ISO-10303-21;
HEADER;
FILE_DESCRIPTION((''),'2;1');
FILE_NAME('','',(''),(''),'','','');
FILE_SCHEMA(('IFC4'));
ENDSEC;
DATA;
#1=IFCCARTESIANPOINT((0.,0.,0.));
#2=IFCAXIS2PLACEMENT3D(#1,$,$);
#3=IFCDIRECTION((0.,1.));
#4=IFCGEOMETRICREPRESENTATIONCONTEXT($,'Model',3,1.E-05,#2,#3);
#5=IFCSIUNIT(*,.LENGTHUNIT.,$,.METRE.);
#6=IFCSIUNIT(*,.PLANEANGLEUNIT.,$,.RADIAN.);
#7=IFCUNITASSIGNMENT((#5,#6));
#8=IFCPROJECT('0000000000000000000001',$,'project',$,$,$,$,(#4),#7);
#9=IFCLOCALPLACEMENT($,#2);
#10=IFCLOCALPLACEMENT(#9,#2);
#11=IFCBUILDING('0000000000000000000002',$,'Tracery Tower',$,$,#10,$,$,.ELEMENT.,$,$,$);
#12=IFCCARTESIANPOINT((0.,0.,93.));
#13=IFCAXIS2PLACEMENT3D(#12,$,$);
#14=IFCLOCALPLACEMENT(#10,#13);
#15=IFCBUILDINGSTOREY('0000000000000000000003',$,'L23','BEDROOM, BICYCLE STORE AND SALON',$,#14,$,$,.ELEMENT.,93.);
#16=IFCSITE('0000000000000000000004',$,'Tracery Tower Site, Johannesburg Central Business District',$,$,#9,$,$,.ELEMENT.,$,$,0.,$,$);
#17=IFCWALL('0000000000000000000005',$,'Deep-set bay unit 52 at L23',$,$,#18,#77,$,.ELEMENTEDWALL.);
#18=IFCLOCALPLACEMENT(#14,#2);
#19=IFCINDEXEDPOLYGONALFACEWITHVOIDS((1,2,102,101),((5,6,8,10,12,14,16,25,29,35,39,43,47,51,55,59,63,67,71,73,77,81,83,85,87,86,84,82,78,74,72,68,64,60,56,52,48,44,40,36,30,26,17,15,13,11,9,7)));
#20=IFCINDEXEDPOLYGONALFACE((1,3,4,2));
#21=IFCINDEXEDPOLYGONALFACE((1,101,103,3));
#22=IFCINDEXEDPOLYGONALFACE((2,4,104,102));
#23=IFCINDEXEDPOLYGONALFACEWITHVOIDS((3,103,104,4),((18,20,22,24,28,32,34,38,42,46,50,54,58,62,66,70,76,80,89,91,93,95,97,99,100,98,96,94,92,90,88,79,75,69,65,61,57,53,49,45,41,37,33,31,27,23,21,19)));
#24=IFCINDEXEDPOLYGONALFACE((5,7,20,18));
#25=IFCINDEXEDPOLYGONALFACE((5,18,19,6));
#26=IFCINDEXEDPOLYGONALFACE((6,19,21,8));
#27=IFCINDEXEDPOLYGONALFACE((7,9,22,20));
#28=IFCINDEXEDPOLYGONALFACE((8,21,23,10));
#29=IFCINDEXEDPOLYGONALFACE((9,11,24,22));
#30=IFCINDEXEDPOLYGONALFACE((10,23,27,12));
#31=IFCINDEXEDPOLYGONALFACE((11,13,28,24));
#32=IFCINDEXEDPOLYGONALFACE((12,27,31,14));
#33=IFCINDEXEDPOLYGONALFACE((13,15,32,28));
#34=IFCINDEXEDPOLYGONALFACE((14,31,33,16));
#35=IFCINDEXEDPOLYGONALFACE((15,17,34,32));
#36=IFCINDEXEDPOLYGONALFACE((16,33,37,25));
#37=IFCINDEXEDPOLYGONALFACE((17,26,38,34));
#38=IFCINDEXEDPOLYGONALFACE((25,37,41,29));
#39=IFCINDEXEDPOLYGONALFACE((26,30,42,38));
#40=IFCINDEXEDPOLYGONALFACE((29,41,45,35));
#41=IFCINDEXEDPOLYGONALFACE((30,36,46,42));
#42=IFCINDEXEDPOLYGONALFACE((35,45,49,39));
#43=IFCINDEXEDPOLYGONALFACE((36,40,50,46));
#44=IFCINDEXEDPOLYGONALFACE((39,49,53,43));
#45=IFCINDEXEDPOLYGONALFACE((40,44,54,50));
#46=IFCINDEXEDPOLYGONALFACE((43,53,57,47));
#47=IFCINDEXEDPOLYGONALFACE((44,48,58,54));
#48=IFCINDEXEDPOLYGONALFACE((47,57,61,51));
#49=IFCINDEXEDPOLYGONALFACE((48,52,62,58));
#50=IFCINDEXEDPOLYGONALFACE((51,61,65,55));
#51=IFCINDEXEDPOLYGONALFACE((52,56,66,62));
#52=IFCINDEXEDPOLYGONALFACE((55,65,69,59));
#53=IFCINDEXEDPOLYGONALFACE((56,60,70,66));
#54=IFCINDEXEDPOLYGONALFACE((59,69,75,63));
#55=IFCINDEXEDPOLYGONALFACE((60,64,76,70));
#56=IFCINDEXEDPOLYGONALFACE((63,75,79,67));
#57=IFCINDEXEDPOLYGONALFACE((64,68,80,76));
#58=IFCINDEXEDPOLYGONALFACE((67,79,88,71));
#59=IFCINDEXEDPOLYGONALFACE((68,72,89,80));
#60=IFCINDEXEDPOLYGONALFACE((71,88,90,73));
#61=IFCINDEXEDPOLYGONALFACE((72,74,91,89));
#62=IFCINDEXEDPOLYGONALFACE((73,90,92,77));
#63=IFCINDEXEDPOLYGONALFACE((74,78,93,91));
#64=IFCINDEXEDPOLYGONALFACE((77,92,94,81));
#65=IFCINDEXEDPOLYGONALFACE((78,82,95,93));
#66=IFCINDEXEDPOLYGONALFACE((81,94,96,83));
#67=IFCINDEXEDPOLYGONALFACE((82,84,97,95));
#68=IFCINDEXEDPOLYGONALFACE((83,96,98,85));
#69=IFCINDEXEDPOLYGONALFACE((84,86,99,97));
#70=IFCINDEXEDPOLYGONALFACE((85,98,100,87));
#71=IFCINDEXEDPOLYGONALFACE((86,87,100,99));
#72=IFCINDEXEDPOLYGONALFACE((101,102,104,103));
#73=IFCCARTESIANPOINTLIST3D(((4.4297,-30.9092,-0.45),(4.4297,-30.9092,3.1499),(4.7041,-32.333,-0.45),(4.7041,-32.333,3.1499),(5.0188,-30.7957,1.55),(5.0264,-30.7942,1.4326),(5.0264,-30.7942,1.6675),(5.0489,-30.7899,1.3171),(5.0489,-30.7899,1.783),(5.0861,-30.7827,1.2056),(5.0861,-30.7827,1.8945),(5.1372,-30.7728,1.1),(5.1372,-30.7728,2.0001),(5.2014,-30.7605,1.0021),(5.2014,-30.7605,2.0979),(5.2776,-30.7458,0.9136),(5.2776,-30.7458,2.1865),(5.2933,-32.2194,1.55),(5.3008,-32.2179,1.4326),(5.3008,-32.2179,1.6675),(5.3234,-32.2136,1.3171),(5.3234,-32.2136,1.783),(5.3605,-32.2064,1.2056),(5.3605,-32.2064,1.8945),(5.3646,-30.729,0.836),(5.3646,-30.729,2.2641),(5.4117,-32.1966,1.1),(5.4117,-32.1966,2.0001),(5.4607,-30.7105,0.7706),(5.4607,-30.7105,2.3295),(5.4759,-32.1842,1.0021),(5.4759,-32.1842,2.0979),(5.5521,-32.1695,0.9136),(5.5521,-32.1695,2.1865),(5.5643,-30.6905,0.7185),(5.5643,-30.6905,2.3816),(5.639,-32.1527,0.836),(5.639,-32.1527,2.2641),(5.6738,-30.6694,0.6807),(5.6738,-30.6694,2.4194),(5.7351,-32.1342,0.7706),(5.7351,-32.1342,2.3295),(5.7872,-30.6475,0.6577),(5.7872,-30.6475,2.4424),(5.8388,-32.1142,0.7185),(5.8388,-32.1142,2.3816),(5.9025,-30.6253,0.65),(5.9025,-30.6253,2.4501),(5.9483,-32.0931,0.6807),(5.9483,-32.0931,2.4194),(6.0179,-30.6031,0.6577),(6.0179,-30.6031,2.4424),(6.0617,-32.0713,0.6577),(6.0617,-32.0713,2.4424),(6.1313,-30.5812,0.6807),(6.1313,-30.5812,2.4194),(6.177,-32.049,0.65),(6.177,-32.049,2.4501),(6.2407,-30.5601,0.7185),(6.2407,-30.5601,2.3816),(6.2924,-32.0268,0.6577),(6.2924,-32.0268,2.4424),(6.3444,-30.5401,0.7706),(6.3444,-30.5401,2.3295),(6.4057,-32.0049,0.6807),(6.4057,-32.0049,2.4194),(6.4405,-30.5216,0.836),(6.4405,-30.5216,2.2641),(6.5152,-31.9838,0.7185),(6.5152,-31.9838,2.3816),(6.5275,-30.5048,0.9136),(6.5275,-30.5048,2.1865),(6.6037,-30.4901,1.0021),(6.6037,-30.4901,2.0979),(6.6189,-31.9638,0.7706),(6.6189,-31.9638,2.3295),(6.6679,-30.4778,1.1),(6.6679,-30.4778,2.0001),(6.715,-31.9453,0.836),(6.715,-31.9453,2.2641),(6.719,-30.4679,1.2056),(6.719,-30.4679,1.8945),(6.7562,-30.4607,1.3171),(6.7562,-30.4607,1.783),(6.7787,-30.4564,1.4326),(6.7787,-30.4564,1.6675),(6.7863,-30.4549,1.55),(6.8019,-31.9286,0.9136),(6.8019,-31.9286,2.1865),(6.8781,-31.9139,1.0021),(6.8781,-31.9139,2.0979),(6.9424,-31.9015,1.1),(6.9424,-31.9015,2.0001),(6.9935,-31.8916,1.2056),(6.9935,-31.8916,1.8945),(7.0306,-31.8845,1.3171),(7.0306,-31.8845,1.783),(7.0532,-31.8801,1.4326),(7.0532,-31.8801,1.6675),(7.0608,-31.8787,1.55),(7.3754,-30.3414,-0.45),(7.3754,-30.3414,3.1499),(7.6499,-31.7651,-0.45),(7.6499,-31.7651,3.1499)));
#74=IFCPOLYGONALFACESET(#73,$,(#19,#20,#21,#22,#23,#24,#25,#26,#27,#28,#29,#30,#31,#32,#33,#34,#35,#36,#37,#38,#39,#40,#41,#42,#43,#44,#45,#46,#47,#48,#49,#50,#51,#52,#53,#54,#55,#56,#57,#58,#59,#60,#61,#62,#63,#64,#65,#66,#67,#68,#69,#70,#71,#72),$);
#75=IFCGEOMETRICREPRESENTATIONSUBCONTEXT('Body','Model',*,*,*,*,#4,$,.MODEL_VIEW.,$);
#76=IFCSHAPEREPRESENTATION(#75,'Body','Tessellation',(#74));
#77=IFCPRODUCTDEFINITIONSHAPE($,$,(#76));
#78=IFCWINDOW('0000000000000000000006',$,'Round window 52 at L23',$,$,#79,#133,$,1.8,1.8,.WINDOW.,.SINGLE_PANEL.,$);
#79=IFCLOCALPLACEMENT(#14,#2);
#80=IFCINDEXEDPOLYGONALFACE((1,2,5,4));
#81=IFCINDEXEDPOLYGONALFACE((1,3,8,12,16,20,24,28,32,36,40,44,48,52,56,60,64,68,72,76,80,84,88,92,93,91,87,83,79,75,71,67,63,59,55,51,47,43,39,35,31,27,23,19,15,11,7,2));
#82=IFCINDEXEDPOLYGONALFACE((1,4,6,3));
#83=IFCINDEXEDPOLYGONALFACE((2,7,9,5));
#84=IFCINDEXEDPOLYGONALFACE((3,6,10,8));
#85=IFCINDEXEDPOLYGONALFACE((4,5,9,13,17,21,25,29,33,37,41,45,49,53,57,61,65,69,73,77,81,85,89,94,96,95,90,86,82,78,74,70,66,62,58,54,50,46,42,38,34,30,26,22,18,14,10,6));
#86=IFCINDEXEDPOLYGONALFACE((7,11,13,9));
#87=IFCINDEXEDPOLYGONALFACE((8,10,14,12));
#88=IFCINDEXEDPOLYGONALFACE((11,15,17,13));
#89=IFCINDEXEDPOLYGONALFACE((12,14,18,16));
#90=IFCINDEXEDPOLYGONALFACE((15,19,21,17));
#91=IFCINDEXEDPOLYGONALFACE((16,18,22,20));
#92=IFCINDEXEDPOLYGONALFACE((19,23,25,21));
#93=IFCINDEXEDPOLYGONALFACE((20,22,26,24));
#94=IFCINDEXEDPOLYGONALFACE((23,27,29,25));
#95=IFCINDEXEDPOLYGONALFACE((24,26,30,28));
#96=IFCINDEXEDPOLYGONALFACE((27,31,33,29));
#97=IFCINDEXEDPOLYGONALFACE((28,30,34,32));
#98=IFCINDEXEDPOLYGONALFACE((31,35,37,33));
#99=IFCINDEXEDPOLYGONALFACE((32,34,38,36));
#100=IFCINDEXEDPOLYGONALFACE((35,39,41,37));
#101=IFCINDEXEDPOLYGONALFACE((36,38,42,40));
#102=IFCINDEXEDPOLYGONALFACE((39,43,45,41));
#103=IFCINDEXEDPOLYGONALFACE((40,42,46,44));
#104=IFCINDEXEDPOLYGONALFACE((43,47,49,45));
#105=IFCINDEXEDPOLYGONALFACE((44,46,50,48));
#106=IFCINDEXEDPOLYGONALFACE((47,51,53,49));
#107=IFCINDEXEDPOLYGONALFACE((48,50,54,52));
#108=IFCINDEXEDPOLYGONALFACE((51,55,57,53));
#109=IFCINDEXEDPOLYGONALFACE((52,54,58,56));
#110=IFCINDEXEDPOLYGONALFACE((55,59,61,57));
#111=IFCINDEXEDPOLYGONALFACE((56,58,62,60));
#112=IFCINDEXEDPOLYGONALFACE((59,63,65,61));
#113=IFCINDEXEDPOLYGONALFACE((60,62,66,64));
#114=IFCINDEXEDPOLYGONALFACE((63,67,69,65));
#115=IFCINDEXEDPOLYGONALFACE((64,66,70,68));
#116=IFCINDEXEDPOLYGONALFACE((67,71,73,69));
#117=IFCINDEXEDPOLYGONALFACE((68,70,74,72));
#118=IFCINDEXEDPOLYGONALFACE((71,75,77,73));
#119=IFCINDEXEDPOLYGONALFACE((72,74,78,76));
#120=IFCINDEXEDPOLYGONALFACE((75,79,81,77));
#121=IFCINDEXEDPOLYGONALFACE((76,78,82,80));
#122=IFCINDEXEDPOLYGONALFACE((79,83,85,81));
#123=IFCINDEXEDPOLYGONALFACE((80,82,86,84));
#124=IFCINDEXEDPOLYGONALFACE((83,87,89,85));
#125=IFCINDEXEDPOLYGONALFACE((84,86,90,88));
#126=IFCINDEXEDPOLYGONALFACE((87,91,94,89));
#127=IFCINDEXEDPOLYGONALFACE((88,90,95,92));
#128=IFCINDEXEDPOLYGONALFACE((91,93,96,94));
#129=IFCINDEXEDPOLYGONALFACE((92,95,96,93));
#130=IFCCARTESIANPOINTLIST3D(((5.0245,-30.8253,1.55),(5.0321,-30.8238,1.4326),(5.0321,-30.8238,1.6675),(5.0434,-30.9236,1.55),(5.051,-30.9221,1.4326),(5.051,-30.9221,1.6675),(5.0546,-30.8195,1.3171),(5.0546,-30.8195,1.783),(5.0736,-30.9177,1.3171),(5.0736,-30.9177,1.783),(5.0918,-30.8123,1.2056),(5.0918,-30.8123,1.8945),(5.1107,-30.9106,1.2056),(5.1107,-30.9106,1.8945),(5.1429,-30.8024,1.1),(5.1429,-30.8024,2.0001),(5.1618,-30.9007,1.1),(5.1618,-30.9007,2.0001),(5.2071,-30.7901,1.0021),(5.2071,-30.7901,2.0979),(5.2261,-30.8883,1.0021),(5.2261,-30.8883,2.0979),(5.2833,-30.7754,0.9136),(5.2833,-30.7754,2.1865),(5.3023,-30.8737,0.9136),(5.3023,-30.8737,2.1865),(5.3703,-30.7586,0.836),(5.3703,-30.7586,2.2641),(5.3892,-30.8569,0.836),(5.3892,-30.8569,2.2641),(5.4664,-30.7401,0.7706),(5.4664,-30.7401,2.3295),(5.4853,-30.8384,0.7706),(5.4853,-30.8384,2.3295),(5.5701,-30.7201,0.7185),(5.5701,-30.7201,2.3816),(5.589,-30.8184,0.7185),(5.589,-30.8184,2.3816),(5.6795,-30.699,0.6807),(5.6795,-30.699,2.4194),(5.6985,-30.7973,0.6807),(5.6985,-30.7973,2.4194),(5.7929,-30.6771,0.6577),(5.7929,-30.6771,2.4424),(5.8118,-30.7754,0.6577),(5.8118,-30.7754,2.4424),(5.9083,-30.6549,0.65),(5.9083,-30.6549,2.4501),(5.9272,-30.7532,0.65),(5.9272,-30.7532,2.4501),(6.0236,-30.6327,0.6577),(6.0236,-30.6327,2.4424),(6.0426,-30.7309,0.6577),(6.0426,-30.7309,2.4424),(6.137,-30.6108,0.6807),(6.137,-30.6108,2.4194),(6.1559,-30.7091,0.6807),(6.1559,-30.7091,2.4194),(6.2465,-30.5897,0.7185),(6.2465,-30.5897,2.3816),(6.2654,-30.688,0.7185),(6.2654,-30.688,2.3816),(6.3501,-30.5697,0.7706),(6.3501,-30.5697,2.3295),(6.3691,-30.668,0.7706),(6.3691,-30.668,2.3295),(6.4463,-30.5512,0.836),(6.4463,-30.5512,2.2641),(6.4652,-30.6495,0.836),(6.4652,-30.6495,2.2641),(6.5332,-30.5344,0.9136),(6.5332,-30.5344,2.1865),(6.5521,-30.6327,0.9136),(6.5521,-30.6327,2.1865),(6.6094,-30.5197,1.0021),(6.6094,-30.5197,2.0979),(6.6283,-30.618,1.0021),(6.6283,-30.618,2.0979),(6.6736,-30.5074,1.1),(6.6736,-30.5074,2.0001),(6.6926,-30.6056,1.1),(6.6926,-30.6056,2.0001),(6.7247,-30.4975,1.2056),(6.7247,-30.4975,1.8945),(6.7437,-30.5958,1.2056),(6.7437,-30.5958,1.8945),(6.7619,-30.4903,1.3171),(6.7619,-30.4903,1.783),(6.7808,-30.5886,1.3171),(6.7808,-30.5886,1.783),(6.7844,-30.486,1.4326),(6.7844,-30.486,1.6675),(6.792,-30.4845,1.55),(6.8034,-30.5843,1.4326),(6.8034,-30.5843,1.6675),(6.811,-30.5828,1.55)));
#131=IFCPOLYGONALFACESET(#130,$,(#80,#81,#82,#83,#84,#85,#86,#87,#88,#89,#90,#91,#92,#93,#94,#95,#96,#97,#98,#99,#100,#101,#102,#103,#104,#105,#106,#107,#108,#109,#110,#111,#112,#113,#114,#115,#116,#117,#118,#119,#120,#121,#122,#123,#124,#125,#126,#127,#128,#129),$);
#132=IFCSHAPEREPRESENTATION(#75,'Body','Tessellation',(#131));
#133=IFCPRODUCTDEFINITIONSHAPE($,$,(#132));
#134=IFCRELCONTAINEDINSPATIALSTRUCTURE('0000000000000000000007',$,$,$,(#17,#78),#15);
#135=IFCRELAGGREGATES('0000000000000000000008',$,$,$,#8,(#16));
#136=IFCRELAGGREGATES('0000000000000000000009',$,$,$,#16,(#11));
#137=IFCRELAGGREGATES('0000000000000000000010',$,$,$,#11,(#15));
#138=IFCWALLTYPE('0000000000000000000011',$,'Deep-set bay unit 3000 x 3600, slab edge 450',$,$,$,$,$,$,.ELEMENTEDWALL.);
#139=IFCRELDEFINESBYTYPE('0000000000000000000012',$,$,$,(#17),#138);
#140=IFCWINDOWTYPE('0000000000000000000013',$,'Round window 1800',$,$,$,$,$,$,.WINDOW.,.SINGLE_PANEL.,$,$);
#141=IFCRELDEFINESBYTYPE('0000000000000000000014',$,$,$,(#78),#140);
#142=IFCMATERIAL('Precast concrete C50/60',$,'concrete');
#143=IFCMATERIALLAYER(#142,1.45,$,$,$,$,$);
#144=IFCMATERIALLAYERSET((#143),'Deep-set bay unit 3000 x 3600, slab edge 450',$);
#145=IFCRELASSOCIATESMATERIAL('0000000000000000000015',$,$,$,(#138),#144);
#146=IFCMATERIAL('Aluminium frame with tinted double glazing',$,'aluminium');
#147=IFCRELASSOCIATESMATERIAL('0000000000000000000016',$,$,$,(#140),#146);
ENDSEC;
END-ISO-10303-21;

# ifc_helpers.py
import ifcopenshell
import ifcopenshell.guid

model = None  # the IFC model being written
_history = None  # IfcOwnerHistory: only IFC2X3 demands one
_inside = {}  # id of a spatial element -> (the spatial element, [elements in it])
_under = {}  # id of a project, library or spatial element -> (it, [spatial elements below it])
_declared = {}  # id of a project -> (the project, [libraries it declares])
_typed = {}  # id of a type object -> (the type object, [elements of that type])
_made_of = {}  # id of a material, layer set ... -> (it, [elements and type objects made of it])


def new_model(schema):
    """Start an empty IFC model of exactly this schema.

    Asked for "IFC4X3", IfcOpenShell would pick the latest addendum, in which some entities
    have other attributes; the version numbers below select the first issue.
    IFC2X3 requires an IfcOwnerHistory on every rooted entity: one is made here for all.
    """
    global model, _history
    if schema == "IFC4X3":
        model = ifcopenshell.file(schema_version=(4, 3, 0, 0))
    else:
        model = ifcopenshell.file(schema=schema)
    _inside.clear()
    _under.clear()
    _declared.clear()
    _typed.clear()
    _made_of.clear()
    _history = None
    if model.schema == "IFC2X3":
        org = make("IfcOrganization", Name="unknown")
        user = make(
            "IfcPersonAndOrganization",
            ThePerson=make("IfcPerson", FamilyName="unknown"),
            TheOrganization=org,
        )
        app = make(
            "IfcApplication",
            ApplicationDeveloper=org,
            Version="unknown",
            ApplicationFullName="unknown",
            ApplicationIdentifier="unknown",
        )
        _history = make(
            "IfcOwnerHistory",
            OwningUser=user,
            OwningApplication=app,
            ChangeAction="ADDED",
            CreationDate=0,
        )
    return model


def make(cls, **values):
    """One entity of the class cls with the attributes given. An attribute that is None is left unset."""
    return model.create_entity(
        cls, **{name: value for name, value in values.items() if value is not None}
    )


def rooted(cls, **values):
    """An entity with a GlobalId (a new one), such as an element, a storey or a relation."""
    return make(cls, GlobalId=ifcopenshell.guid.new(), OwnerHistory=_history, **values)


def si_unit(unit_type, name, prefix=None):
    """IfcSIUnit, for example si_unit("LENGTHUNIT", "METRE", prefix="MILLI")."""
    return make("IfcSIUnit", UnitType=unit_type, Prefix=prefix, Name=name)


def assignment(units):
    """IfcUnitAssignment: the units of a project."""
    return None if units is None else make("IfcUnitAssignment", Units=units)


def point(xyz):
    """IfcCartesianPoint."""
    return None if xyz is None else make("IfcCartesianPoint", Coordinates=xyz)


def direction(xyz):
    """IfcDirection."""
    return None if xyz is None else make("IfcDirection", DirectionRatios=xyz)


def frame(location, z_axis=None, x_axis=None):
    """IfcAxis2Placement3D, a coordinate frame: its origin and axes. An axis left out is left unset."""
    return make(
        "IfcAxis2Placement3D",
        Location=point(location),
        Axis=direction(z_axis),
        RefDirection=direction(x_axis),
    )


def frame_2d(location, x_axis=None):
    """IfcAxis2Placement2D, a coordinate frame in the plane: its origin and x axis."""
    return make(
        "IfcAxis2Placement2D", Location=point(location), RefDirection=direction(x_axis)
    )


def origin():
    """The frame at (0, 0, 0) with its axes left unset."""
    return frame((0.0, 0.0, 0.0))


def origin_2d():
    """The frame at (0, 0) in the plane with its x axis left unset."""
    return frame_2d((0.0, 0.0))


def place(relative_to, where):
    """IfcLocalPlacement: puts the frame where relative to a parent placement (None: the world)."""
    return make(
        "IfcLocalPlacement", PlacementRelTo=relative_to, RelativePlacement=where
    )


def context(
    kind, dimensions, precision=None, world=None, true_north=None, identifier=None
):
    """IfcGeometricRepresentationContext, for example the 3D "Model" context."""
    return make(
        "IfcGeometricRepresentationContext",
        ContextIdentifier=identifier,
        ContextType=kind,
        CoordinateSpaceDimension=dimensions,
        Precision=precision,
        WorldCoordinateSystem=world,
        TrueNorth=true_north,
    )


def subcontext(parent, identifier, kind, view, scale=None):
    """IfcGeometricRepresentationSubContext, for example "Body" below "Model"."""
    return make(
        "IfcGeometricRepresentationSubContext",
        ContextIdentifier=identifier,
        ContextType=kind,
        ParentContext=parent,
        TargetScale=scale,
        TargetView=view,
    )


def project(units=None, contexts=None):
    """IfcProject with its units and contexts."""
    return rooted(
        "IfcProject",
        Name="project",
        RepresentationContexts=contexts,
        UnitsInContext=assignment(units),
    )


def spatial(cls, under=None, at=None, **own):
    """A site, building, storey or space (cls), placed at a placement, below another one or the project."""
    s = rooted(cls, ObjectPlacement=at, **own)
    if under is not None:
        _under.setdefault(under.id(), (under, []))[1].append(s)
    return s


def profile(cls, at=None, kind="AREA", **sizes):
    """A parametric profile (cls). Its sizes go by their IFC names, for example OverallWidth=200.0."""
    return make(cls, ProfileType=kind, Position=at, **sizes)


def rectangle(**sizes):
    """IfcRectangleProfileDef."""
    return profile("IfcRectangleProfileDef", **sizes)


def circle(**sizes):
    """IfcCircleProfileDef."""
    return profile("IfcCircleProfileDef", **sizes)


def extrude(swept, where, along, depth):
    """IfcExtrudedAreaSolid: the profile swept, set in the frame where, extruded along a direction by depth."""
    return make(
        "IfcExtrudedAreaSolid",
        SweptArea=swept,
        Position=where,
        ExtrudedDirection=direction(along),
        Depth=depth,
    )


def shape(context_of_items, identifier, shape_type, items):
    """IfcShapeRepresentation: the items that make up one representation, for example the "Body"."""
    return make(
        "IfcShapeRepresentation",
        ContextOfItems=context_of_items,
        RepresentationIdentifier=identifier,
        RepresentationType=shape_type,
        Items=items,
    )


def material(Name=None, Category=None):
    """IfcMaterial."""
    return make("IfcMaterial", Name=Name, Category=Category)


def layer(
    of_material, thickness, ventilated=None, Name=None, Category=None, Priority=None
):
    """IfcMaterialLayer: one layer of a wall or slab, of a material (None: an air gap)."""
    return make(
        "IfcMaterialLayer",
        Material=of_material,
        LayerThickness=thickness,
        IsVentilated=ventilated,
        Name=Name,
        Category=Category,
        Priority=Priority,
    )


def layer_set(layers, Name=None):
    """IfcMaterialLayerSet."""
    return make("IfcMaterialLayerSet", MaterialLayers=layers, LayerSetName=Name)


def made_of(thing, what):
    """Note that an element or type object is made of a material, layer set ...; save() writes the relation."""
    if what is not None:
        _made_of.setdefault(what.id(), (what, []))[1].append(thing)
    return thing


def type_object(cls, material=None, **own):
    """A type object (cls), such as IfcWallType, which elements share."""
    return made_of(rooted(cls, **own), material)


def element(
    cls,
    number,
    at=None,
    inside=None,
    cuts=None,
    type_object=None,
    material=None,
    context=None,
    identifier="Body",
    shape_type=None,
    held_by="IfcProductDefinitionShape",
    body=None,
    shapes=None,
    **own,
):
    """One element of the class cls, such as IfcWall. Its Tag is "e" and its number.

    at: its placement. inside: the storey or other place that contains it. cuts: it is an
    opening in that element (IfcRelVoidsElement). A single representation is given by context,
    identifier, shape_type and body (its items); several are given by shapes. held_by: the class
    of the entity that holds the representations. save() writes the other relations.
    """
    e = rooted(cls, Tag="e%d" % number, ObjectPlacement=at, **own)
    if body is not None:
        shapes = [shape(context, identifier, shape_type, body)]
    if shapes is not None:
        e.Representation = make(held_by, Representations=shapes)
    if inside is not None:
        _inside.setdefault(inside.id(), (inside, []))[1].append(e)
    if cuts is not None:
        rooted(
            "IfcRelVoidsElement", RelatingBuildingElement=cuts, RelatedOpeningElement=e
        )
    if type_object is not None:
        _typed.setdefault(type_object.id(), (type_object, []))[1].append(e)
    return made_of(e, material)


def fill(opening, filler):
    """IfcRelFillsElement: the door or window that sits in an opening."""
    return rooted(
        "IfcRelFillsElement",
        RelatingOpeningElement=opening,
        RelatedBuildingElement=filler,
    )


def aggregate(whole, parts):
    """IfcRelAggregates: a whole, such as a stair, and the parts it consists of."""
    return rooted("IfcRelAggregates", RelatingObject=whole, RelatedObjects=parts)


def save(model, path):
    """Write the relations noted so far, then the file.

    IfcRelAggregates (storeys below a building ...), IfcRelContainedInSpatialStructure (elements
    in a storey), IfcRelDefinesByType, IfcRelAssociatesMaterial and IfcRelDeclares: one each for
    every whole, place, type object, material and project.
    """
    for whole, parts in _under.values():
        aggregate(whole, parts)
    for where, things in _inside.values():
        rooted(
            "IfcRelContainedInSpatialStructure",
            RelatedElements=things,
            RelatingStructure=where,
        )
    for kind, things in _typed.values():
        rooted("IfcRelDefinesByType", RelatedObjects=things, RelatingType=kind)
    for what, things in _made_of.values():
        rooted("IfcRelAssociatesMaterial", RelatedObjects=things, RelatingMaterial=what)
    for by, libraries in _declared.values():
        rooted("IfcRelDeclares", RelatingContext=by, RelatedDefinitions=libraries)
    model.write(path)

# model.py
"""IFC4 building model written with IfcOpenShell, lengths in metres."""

from ifc_helpers import new_model, si_unit, direction, frame, frame_2d, origin, origin_2d, place, context, subcontext, project, spatial, rectangle, circle, extrude, material, layer, layer_set, type_object, element, fill, save


model = new_model("IFC4")

# Units and contexts
model_context = context("Model", 3, precision=1e-05, world=origin(), true_north=direction((0.0, 1.0)))
body_context = subcontext(model_context, "Body", "Model", "MODEL_VIEW")
ifc_project = project(units=[si_unit("LENGTHUNIT", "METRE"), si_unit("PLANEANGLEUNIT", "RADIAN")], contexts=[model_context])

# Site, building, storey
site_placement = place(None, origin())
site = spatial("IfcSite", under=ifc_project, at=site_placement, Name="Tracery Tower Site, Johannesburg Central Business District", CompositionType="ELEMENT", RefElevation=0.0)
building_placement = place(site_placement, origin())
building = spatial("IfcBuilding", under=site, at=building_placement, Name="Tracery Tower", CompositionType="ELEMENT")
storey_placement = place(building_placement, frame((0.0, 0.0, 93.0)))
storey = spatial("IfcBuildingStorey", under=building, at=storey_placement, Name="L23", Description="BEDROOM, BICYCLE STORE AND SALON", CompositionType="ELEMENT", Elevation=93.0)

# Wall, opening, window
ifc_material_1 = material(Name="Precast concrete C50/60", Category="concrete")
ifc_layer_1 = layer(ifc_material_1, 1.45)
ifc_layer_set_1 = layer_set([ifc_layer_1], Name="Deep-set bay unit 3000 x 3600, slab edge 450")
wall_type_1 = type_object("IfcWallType", Name="Deep-set bay unit 3000 x 3600, slab edge 450", PredefinedType="ELEMENTEDWALL", material=ifc_layer_set_1)
wall_1_placement = place(storey_placement, frame((4.5669, -31.6211, -0.45), z_axis=(0.0, 0.0, 1.0), x_axis=(0.981922, 0.189288, 0.0)))
wall_1 = element("IfcWall", 1, at=wall_1_placement, inside=storey, type_object=wall_type_1, Name="Deep-set bay unit 52 at L23", PredefinedType="ELEMENTEDWALL", context=body_context, shape_type="SweptSolid", body=[
    extrude(rectangle(XDim=3.0, YDim=1.45, at=frame_2d((1.5, 0.0))), origin(), (0.0, 0.0, 1.0), 3.5999),
])
opening_1_placement = place(wall_1_placement, frame((1.5, 0.0, 2.0)))
opening_1 = element("IfcOpeningElement", 2, at=opening_1_placement, cuts=wall_1, PredefinedType="OPENING", context=body_context, shape_type="SweptSolid", body=[
    extrude(circle(Radius=0.9, at=origin_2d()), frame((0.0, 0.7349, 0.0), z_axis=(0.0, -1.0, 0.0), x_axis=(1.0, 0.0, 0.0)), (0.0, 0.0, 1.0), 1.47),
])
ifc_material_2 = material(Name="Aluminium frame with tinted double glazing", Category="aluminium")
window_type = type_object("IfcWindowType", Name="Round window 1800", PartitioningType="SINGLE_PANEL", PredefinedType="WINDOW", material=ifc_material_2)
window_1_placement = place(opening_1_placement, origin())
window_1 = element("IfcWindow", 3, at=window_1_placement, inside=storey, type_object=window_type, Name="Round window 52 at L23", OverallHeight=1.8, OverallWidth=1.8, PartitioningType="SINGLE_PANEL", PredefinedType="WINDOW", context=body_context, shape_type="SweptSolid", body=[
    extrude(circle(Radius=0.9, at=origin_2d()), frame((0.0, 0.6948, 0.0), z_axis=(0.0, -1.0, 0.0), x_axis=(1.0, 0.0, 0.0)), (0.0, 0.0, 1.0), 0.1001),
])
fill(opening_1, window_1)

save(model, "model.ifc")
